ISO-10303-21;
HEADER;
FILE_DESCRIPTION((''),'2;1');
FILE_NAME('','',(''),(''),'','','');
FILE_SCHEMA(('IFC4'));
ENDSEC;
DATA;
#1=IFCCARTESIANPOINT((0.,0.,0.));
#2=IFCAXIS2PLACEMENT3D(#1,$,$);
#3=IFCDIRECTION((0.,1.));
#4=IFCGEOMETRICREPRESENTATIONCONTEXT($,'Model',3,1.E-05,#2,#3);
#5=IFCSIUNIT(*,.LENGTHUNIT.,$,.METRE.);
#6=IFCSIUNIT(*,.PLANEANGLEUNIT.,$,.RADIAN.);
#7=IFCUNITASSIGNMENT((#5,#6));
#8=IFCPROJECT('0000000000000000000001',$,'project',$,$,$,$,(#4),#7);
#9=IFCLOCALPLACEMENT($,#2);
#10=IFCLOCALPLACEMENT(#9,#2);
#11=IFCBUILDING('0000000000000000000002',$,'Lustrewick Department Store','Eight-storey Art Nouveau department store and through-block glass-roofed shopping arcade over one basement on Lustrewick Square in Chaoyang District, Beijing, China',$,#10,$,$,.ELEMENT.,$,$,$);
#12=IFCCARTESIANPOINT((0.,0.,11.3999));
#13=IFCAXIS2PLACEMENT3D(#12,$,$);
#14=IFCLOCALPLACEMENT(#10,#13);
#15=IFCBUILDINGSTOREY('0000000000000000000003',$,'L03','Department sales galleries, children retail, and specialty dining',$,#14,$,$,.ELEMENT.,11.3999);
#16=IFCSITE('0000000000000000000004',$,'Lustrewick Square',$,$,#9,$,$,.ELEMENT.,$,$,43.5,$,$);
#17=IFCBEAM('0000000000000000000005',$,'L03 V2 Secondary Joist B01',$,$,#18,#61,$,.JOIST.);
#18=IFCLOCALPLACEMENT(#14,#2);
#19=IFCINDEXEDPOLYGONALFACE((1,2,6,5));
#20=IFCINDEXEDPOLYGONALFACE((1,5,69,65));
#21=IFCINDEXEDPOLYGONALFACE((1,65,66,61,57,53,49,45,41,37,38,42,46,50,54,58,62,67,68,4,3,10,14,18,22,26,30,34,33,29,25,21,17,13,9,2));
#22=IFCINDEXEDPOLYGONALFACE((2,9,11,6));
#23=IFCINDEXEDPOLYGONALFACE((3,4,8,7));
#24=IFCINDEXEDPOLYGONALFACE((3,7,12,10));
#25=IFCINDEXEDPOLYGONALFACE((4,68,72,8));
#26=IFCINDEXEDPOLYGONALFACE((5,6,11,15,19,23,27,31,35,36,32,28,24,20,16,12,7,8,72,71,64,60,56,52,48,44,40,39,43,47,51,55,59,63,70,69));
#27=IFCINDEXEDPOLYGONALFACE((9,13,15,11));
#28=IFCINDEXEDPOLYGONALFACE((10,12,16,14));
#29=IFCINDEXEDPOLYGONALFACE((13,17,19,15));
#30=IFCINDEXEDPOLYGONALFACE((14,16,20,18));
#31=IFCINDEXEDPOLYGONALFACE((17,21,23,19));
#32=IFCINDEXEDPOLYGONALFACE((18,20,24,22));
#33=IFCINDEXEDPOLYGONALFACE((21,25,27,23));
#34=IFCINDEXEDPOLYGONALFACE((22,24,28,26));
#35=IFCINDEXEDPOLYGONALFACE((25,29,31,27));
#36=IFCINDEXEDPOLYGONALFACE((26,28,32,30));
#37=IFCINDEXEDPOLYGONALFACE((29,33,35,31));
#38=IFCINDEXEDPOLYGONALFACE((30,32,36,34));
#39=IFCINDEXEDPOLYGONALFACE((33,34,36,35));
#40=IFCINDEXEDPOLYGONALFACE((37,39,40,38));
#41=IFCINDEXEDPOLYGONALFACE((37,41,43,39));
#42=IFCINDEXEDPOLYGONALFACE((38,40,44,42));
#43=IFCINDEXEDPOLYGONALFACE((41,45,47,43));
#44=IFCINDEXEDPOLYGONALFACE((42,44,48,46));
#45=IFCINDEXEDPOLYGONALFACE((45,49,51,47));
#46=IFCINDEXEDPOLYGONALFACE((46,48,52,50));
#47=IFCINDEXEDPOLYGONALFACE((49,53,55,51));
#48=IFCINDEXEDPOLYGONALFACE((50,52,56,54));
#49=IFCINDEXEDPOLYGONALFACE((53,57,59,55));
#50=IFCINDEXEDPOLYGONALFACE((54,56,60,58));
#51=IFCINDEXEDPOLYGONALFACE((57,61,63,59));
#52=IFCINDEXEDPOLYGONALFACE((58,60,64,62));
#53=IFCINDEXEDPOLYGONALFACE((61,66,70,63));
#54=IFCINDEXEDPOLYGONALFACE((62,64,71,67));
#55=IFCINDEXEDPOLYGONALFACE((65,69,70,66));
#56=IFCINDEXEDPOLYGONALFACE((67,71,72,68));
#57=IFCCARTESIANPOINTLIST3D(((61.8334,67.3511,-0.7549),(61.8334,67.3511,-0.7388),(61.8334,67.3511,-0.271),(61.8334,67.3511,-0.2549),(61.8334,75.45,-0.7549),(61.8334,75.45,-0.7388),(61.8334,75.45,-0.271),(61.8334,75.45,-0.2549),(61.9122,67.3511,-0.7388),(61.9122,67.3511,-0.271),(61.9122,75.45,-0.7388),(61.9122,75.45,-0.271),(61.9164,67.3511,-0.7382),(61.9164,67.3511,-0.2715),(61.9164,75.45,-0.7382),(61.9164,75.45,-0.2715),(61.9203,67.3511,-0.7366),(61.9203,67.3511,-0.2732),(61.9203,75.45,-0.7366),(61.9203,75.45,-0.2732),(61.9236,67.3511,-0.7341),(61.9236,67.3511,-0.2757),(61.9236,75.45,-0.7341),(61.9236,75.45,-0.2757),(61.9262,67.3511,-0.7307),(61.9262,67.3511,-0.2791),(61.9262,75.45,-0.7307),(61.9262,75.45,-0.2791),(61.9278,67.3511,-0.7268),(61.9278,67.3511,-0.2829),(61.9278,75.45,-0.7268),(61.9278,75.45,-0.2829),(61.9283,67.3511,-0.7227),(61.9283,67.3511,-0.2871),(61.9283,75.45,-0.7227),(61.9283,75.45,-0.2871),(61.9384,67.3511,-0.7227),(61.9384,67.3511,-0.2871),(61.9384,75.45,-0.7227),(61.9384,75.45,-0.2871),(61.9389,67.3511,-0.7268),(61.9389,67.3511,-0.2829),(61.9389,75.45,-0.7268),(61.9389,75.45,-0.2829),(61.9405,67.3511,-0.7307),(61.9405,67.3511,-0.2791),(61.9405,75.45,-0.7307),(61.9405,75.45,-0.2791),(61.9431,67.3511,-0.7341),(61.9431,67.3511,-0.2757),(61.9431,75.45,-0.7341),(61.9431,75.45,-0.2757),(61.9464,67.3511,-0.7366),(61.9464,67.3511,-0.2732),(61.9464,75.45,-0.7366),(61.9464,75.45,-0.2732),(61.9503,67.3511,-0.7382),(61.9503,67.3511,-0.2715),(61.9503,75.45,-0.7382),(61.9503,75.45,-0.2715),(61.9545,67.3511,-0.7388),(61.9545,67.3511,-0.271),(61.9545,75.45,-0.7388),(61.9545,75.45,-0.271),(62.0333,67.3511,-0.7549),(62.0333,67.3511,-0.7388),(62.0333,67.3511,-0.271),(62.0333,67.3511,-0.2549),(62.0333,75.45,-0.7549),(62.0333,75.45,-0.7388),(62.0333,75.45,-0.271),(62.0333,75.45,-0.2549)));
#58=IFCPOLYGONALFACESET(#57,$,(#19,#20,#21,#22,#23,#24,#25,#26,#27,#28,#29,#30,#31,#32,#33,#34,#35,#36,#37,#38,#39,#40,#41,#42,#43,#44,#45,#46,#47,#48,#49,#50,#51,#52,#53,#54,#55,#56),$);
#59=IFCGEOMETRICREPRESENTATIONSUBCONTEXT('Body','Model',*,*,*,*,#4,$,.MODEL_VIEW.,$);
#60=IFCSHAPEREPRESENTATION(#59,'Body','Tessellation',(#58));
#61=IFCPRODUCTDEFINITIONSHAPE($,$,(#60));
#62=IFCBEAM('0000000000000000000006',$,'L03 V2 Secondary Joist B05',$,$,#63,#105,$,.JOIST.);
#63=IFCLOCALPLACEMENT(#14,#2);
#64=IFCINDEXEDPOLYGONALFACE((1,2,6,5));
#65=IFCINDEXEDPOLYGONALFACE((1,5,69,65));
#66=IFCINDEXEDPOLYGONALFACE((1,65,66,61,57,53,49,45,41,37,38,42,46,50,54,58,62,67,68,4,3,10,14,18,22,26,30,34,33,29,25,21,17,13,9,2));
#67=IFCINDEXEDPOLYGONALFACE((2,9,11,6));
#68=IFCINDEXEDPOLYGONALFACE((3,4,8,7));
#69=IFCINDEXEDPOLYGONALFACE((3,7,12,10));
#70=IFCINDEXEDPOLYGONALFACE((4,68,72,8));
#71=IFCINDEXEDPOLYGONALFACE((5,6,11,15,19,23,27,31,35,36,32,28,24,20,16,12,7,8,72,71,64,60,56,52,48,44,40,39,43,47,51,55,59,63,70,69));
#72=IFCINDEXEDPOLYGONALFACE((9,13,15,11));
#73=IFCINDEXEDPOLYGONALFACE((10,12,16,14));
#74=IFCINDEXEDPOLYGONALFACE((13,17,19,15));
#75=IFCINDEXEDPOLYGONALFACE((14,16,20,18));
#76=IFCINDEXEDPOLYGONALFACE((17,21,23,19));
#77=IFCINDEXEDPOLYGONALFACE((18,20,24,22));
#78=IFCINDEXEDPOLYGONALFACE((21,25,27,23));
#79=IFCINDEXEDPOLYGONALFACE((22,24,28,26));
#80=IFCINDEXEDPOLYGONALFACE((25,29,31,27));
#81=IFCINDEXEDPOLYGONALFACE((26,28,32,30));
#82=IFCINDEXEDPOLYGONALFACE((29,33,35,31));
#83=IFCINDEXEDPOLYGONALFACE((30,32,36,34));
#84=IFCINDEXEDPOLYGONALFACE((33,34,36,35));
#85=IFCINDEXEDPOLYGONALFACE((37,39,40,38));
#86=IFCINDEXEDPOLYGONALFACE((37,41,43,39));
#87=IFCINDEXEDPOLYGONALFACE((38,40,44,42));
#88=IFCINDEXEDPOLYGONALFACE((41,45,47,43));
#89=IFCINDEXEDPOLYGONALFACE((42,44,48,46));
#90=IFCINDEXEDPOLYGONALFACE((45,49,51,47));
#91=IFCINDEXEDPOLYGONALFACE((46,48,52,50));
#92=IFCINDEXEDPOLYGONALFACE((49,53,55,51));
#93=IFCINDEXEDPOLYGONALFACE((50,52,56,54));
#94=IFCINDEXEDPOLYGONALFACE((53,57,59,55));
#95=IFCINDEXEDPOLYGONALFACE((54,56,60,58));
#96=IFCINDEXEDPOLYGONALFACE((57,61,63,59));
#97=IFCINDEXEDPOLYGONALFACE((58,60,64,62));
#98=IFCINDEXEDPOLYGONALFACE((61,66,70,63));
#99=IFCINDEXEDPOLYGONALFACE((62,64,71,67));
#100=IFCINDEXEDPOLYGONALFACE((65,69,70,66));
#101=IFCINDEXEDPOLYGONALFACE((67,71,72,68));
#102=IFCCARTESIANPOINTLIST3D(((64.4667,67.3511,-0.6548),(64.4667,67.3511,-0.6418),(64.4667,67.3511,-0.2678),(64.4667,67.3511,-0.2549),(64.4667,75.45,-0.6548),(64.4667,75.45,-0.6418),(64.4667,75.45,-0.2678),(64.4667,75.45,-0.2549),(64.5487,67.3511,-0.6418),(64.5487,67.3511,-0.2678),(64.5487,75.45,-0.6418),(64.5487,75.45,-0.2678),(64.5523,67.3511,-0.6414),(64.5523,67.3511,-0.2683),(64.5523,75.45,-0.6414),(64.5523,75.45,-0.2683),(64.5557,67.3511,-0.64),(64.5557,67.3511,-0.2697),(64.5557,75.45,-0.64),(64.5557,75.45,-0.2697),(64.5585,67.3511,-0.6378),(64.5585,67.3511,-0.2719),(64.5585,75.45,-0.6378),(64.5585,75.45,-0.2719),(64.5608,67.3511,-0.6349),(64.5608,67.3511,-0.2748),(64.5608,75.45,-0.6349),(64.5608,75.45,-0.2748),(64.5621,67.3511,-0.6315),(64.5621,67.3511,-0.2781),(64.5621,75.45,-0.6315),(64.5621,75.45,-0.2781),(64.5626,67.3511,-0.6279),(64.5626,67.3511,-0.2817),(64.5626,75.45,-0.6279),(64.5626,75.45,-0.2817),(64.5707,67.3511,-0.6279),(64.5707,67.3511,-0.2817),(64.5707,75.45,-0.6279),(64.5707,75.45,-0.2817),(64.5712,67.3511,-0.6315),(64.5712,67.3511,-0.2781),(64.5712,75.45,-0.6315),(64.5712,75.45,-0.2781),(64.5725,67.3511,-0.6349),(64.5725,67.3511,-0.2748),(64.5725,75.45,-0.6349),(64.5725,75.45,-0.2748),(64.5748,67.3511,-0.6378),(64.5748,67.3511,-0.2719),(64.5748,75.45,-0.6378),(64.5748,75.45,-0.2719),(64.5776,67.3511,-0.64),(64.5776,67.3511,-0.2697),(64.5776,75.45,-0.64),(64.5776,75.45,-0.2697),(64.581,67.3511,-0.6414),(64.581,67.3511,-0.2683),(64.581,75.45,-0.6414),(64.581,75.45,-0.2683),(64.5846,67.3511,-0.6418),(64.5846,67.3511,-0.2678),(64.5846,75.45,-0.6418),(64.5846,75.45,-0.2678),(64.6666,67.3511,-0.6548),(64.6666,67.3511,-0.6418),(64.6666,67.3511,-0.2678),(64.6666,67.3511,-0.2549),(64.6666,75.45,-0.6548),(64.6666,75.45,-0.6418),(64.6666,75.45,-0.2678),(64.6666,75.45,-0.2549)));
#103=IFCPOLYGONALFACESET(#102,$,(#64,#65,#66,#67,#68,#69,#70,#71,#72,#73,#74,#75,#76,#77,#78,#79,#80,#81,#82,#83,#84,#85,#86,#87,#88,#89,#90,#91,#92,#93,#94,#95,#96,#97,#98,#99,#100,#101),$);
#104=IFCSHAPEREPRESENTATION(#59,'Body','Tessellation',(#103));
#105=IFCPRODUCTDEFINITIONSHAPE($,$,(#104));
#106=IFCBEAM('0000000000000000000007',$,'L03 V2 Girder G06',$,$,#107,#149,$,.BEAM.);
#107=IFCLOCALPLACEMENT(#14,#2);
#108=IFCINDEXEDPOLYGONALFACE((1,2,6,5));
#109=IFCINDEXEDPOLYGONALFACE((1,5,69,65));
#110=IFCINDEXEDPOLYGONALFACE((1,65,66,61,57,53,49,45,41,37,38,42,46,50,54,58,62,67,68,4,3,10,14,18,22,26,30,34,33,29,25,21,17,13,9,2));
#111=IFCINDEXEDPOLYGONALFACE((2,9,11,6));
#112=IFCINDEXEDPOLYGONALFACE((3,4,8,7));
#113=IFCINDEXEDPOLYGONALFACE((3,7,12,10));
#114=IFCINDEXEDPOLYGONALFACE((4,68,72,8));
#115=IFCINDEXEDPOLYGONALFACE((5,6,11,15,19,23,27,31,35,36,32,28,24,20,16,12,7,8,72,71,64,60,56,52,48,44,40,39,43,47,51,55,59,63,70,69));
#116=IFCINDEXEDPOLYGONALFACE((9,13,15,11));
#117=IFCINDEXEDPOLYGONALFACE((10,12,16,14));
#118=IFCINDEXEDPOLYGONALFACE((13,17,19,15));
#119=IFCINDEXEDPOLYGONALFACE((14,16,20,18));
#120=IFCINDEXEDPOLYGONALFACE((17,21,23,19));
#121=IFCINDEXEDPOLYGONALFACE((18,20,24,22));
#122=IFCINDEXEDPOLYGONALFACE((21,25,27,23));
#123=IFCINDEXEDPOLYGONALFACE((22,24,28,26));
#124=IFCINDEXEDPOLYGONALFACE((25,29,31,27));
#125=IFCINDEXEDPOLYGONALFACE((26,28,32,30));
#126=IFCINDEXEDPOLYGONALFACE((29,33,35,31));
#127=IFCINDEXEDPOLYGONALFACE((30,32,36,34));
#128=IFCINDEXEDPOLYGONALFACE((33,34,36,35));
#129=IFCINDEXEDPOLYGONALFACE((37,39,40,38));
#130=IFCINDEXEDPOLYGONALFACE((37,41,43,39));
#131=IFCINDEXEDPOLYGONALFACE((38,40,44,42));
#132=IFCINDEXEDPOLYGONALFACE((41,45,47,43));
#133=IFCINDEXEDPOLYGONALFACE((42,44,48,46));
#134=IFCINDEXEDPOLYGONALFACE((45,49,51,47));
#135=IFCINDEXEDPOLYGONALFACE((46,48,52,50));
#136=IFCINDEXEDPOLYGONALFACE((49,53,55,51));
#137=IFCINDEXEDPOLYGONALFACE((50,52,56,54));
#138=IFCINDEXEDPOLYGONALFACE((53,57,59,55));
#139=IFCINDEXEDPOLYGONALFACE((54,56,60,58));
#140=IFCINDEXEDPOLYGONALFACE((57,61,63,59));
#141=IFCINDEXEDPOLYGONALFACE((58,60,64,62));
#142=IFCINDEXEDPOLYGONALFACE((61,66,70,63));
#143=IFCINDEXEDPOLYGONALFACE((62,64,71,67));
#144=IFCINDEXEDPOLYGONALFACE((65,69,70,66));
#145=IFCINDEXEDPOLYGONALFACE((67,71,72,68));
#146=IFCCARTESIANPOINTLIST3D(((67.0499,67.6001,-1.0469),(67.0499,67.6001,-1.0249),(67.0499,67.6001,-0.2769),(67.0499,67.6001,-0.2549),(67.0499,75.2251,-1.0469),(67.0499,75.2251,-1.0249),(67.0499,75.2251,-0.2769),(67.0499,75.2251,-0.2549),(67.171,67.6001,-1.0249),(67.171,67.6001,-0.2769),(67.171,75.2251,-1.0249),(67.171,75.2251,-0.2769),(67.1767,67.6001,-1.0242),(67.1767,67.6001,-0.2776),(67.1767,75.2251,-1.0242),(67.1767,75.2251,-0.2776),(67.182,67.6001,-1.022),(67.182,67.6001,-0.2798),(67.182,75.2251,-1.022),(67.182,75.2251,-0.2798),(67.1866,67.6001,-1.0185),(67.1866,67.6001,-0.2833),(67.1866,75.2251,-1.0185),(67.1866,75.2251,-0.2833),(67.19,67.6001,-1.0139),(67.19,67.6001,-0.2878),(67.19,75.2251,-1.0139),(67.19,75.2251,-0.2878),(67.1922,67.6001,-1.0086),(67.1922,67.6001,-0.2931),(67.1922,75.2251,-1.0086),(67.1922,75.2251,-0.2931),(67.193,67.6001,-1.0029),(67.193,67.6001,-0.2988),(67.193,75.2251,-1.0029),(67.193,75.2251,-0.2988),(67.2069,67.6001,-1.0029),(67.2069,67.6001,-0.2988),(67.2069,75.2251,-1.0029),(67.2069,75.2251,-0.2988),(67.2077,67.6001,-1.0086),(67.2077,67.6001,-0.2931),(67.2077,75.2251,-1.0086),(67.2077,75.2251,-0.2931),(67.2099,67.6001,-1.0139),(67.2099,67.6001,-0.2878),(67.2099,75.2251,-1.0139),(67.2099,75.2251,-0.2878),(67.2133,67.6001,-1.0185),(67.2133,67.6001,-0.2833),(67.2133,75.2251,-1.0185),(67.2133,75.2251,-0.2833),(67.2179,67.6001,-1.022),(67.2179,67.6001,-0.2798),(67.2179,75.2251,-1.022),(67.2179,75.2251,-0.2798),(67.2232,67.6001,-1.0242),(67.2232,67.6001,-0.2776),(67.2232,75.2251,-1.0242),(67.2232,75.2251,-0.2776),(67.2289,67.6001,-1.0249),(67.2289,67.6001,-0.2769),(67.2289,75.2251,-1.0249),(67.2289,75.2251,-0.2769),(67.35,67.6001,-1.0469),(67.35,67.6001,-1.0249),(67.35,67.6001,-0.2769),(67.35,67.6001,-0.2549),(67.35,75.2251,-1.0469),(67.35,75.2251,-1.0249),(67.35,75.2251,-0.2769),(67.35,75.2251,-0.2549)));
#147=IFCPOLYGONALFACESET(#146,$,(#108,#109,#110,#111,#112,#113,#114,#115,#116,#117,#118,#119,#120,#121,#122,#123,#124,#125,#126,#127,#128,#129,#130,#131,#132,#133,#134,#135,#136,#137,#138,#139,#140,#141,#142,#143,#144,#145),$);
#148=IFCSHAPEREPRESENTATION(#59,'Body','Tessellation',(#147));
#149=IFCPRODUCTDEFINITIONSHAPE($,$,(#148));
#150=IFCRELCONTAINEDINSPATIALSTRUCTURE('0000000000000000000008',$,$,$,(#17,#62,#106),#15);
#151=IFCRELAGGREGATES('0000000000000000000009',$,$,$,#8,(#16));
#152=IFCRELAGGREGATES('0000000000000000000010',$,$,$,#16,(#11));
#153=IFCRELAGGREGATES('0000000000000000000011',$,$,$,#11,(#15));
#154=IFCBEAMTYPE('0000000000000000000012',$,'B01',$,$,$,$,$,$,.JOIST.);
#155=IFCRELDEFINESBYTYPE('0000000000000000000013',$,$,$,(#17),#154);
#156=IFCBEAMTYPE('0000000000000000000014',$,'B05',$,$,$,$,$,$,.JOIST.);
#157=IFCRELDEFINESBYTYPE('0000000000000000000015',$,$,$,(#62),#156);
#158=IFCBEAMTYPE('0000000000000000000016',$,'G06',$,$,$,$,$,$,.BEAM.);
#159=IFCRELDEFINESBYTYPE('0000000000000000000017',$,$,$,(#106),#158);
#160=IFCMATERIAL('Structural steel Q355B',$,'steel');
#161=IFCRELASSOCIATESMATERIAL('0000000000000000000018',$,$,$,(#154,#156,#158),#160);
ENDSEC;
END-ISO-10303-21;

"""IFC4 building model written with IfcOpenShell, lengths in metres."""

from ifc_helpers import new_model, si_unit, direction, frame, origin, origin_2d, place, context, subcontext, project, spatial, i_section, extrude, material, material_profile, profile_set, type_object, element, save


model = new_model("IFC4")

# Units and contexts
model_context = context("Model", 3, precision=1e-05, world=origin(), true_north=direction((0.0, 1.0)))
body_context = subcontext(model_context, "Body", "Model", "MODEL_VIEW")
ifc_project = project(units=[si_unit("LENGTHUNIT", "METRE"), si_unit("PLANEANGLEUNIT", "RADIAN")], contexts=[model_context])

# Site, building, storey
site_placement = place(None, origin())
site = spatial("IfcSite", under=ifc_project, at=site_placement, Name="Lustrewick Square", CompositionType="ELEMENT", RefElevation=43.5)
building_placement = place(site_placement, origin())
building = spatial("IfcBuilding", under=site, at=building_placement, Name="Lustrewick Department Store", Description="Eight-storey Art Nouveau department store and through-block glass-roofed shopping arcade over one basement on Lustrewick Square in Chaoyang District, Beijing, China", CompositionType="ELEMENT")
storey_placement = place(building_placement, frame((0.0, 0.0, 11.3999)))
storey = spatial("IfcBuildingStorey", under=building, at=storey_placement, Name="L03", Description="Department sales galleries, children retail, and specialty dining", CompositionType="ELEMENT", Elevation=11.3999)

# Shared definitions
ifc_material_1 = material(Name="Structural steel Q355B", Category="steel")

# Beams
ifc_material_profile_1 = material_profile(ifc_material_1, i_section(OverallWidth=0.2, OverallDepth=0.5, WebThickness=0.01, FlangeThickness=0.0161, FilletRadius=0.0161, at=origin_2d()), Name="HN 500x200x10x16")
ifc_profile_set_1 = profile_set([ifc_material_profile_1], Name="Structural steel Q355B")
beam_type_1 = type_object("IfcBeamType", Name="B01", PredefinedType="JOIST", material=ifc_profile_set_1)
beam_1_placement = place(storey_placement, frame((61.9333, 67.3511, -0.5049), z_axis=(0.0, 1.0, 0.0), x_axis=(-1.0, 0.0, 0.0)))
element("IfcBeam", 1, at=beam_1_placement, inside=storey, type_object=beam_type_1, Name="L03 V2 Secondary Joist B01", PredefinedType="JOIST", context=body_context, shape_type="SweptSolid", body=[
    extrude(i_section(OverallWidth=0.2, OverallDepth=0.5, WebThickness=0.01, FlangeThickness=0.0161, FilletRadius=0.0161, at=origin_2d()), origin(), (0.0, 0.0, 1.0), 8.0989),
])
ifc_material_profile_2 = material_profile(ifc_material_1, i_section(OverallWidth=0.2, OverallDepth=0.3999, WebThickness=0.0081, FlangeThickness=0.0129, FilletRadius=0.0139, at=origin_2d()), Name="HN 400x200x8x13")
ifc_profile_set_2 = profile_set([ifc_material_profile_2], Name="Structural steel Q355B")
beam_type_2 = type_object("IfcBeamType", Name="B05", PredefinedType="JOIST", material=ifc_profile_set_2)
beam_2_placement = place(storey_placement, frame((64.5667, 67.3511, -0.4548), z_axis=(0.0, 1.0, 0.0), x_axis=(-1.0, 0.0, 0.0)))
element("IfcBeam", 2, at=beam_2_placement, inside=storey, type_object=beam_type_2, Name="L03 V2 Secondary Joist B05", PredefinedType="JOIST", context=body_context, shape_type="SweptSolid", body=[
    extrude(i_section(OverallWidth=0.2, OverallDepth=0.3999, WebThickness=0.0081, FlangeThickness=0.0129, FilletRadius=0.0139, at=origin_2d()), origin(), (0.0, 0.0, 1.0), 8.0989),
])
ifc_material_profile_3 = material_profile(ifc_material_1, i_section(OverallWidth=0.3, OverallDepth=0.792, WebThickness=0.0139, FlangeThickness=0.022, FilletRadius=0.022, at=origin_2d()), Name="HN 792x300x14x22")
ifc_profile_set_3 = profile_set([ifc_material_profile_3], Name="Structural steel Q355B")
beam_type_3 = type_object("IfcBeamType", Name="G06", PredefinedType="BEAM", material=ifc_profile_set_3)
beam_3_placement = place(storey_placement, frame((67.2, 67.6001, -0.6509), z_axis=(0.0, 1.0, 0.0), x_axis=(-1.0, 0.0, 0.0)))
element("IfcBeam", 3, at=beam_3_placement, inside=storey, type_object=beam_type_3, Name="L03 V2 Girder G06", PredefinedType="BEAM", context=body_context, shape_type="SweptSolid", body=[
    extrude(i_section(OverallWidth=0.3, OverallDepth=0.792, WebThickness=0.0139, FlangeThickness=0.022, FilletRadius=0.022, at=origin_2d()), origin(), (0.0, 0.0, 1.0), 7.625),
])

save(model, "model.ifc")
